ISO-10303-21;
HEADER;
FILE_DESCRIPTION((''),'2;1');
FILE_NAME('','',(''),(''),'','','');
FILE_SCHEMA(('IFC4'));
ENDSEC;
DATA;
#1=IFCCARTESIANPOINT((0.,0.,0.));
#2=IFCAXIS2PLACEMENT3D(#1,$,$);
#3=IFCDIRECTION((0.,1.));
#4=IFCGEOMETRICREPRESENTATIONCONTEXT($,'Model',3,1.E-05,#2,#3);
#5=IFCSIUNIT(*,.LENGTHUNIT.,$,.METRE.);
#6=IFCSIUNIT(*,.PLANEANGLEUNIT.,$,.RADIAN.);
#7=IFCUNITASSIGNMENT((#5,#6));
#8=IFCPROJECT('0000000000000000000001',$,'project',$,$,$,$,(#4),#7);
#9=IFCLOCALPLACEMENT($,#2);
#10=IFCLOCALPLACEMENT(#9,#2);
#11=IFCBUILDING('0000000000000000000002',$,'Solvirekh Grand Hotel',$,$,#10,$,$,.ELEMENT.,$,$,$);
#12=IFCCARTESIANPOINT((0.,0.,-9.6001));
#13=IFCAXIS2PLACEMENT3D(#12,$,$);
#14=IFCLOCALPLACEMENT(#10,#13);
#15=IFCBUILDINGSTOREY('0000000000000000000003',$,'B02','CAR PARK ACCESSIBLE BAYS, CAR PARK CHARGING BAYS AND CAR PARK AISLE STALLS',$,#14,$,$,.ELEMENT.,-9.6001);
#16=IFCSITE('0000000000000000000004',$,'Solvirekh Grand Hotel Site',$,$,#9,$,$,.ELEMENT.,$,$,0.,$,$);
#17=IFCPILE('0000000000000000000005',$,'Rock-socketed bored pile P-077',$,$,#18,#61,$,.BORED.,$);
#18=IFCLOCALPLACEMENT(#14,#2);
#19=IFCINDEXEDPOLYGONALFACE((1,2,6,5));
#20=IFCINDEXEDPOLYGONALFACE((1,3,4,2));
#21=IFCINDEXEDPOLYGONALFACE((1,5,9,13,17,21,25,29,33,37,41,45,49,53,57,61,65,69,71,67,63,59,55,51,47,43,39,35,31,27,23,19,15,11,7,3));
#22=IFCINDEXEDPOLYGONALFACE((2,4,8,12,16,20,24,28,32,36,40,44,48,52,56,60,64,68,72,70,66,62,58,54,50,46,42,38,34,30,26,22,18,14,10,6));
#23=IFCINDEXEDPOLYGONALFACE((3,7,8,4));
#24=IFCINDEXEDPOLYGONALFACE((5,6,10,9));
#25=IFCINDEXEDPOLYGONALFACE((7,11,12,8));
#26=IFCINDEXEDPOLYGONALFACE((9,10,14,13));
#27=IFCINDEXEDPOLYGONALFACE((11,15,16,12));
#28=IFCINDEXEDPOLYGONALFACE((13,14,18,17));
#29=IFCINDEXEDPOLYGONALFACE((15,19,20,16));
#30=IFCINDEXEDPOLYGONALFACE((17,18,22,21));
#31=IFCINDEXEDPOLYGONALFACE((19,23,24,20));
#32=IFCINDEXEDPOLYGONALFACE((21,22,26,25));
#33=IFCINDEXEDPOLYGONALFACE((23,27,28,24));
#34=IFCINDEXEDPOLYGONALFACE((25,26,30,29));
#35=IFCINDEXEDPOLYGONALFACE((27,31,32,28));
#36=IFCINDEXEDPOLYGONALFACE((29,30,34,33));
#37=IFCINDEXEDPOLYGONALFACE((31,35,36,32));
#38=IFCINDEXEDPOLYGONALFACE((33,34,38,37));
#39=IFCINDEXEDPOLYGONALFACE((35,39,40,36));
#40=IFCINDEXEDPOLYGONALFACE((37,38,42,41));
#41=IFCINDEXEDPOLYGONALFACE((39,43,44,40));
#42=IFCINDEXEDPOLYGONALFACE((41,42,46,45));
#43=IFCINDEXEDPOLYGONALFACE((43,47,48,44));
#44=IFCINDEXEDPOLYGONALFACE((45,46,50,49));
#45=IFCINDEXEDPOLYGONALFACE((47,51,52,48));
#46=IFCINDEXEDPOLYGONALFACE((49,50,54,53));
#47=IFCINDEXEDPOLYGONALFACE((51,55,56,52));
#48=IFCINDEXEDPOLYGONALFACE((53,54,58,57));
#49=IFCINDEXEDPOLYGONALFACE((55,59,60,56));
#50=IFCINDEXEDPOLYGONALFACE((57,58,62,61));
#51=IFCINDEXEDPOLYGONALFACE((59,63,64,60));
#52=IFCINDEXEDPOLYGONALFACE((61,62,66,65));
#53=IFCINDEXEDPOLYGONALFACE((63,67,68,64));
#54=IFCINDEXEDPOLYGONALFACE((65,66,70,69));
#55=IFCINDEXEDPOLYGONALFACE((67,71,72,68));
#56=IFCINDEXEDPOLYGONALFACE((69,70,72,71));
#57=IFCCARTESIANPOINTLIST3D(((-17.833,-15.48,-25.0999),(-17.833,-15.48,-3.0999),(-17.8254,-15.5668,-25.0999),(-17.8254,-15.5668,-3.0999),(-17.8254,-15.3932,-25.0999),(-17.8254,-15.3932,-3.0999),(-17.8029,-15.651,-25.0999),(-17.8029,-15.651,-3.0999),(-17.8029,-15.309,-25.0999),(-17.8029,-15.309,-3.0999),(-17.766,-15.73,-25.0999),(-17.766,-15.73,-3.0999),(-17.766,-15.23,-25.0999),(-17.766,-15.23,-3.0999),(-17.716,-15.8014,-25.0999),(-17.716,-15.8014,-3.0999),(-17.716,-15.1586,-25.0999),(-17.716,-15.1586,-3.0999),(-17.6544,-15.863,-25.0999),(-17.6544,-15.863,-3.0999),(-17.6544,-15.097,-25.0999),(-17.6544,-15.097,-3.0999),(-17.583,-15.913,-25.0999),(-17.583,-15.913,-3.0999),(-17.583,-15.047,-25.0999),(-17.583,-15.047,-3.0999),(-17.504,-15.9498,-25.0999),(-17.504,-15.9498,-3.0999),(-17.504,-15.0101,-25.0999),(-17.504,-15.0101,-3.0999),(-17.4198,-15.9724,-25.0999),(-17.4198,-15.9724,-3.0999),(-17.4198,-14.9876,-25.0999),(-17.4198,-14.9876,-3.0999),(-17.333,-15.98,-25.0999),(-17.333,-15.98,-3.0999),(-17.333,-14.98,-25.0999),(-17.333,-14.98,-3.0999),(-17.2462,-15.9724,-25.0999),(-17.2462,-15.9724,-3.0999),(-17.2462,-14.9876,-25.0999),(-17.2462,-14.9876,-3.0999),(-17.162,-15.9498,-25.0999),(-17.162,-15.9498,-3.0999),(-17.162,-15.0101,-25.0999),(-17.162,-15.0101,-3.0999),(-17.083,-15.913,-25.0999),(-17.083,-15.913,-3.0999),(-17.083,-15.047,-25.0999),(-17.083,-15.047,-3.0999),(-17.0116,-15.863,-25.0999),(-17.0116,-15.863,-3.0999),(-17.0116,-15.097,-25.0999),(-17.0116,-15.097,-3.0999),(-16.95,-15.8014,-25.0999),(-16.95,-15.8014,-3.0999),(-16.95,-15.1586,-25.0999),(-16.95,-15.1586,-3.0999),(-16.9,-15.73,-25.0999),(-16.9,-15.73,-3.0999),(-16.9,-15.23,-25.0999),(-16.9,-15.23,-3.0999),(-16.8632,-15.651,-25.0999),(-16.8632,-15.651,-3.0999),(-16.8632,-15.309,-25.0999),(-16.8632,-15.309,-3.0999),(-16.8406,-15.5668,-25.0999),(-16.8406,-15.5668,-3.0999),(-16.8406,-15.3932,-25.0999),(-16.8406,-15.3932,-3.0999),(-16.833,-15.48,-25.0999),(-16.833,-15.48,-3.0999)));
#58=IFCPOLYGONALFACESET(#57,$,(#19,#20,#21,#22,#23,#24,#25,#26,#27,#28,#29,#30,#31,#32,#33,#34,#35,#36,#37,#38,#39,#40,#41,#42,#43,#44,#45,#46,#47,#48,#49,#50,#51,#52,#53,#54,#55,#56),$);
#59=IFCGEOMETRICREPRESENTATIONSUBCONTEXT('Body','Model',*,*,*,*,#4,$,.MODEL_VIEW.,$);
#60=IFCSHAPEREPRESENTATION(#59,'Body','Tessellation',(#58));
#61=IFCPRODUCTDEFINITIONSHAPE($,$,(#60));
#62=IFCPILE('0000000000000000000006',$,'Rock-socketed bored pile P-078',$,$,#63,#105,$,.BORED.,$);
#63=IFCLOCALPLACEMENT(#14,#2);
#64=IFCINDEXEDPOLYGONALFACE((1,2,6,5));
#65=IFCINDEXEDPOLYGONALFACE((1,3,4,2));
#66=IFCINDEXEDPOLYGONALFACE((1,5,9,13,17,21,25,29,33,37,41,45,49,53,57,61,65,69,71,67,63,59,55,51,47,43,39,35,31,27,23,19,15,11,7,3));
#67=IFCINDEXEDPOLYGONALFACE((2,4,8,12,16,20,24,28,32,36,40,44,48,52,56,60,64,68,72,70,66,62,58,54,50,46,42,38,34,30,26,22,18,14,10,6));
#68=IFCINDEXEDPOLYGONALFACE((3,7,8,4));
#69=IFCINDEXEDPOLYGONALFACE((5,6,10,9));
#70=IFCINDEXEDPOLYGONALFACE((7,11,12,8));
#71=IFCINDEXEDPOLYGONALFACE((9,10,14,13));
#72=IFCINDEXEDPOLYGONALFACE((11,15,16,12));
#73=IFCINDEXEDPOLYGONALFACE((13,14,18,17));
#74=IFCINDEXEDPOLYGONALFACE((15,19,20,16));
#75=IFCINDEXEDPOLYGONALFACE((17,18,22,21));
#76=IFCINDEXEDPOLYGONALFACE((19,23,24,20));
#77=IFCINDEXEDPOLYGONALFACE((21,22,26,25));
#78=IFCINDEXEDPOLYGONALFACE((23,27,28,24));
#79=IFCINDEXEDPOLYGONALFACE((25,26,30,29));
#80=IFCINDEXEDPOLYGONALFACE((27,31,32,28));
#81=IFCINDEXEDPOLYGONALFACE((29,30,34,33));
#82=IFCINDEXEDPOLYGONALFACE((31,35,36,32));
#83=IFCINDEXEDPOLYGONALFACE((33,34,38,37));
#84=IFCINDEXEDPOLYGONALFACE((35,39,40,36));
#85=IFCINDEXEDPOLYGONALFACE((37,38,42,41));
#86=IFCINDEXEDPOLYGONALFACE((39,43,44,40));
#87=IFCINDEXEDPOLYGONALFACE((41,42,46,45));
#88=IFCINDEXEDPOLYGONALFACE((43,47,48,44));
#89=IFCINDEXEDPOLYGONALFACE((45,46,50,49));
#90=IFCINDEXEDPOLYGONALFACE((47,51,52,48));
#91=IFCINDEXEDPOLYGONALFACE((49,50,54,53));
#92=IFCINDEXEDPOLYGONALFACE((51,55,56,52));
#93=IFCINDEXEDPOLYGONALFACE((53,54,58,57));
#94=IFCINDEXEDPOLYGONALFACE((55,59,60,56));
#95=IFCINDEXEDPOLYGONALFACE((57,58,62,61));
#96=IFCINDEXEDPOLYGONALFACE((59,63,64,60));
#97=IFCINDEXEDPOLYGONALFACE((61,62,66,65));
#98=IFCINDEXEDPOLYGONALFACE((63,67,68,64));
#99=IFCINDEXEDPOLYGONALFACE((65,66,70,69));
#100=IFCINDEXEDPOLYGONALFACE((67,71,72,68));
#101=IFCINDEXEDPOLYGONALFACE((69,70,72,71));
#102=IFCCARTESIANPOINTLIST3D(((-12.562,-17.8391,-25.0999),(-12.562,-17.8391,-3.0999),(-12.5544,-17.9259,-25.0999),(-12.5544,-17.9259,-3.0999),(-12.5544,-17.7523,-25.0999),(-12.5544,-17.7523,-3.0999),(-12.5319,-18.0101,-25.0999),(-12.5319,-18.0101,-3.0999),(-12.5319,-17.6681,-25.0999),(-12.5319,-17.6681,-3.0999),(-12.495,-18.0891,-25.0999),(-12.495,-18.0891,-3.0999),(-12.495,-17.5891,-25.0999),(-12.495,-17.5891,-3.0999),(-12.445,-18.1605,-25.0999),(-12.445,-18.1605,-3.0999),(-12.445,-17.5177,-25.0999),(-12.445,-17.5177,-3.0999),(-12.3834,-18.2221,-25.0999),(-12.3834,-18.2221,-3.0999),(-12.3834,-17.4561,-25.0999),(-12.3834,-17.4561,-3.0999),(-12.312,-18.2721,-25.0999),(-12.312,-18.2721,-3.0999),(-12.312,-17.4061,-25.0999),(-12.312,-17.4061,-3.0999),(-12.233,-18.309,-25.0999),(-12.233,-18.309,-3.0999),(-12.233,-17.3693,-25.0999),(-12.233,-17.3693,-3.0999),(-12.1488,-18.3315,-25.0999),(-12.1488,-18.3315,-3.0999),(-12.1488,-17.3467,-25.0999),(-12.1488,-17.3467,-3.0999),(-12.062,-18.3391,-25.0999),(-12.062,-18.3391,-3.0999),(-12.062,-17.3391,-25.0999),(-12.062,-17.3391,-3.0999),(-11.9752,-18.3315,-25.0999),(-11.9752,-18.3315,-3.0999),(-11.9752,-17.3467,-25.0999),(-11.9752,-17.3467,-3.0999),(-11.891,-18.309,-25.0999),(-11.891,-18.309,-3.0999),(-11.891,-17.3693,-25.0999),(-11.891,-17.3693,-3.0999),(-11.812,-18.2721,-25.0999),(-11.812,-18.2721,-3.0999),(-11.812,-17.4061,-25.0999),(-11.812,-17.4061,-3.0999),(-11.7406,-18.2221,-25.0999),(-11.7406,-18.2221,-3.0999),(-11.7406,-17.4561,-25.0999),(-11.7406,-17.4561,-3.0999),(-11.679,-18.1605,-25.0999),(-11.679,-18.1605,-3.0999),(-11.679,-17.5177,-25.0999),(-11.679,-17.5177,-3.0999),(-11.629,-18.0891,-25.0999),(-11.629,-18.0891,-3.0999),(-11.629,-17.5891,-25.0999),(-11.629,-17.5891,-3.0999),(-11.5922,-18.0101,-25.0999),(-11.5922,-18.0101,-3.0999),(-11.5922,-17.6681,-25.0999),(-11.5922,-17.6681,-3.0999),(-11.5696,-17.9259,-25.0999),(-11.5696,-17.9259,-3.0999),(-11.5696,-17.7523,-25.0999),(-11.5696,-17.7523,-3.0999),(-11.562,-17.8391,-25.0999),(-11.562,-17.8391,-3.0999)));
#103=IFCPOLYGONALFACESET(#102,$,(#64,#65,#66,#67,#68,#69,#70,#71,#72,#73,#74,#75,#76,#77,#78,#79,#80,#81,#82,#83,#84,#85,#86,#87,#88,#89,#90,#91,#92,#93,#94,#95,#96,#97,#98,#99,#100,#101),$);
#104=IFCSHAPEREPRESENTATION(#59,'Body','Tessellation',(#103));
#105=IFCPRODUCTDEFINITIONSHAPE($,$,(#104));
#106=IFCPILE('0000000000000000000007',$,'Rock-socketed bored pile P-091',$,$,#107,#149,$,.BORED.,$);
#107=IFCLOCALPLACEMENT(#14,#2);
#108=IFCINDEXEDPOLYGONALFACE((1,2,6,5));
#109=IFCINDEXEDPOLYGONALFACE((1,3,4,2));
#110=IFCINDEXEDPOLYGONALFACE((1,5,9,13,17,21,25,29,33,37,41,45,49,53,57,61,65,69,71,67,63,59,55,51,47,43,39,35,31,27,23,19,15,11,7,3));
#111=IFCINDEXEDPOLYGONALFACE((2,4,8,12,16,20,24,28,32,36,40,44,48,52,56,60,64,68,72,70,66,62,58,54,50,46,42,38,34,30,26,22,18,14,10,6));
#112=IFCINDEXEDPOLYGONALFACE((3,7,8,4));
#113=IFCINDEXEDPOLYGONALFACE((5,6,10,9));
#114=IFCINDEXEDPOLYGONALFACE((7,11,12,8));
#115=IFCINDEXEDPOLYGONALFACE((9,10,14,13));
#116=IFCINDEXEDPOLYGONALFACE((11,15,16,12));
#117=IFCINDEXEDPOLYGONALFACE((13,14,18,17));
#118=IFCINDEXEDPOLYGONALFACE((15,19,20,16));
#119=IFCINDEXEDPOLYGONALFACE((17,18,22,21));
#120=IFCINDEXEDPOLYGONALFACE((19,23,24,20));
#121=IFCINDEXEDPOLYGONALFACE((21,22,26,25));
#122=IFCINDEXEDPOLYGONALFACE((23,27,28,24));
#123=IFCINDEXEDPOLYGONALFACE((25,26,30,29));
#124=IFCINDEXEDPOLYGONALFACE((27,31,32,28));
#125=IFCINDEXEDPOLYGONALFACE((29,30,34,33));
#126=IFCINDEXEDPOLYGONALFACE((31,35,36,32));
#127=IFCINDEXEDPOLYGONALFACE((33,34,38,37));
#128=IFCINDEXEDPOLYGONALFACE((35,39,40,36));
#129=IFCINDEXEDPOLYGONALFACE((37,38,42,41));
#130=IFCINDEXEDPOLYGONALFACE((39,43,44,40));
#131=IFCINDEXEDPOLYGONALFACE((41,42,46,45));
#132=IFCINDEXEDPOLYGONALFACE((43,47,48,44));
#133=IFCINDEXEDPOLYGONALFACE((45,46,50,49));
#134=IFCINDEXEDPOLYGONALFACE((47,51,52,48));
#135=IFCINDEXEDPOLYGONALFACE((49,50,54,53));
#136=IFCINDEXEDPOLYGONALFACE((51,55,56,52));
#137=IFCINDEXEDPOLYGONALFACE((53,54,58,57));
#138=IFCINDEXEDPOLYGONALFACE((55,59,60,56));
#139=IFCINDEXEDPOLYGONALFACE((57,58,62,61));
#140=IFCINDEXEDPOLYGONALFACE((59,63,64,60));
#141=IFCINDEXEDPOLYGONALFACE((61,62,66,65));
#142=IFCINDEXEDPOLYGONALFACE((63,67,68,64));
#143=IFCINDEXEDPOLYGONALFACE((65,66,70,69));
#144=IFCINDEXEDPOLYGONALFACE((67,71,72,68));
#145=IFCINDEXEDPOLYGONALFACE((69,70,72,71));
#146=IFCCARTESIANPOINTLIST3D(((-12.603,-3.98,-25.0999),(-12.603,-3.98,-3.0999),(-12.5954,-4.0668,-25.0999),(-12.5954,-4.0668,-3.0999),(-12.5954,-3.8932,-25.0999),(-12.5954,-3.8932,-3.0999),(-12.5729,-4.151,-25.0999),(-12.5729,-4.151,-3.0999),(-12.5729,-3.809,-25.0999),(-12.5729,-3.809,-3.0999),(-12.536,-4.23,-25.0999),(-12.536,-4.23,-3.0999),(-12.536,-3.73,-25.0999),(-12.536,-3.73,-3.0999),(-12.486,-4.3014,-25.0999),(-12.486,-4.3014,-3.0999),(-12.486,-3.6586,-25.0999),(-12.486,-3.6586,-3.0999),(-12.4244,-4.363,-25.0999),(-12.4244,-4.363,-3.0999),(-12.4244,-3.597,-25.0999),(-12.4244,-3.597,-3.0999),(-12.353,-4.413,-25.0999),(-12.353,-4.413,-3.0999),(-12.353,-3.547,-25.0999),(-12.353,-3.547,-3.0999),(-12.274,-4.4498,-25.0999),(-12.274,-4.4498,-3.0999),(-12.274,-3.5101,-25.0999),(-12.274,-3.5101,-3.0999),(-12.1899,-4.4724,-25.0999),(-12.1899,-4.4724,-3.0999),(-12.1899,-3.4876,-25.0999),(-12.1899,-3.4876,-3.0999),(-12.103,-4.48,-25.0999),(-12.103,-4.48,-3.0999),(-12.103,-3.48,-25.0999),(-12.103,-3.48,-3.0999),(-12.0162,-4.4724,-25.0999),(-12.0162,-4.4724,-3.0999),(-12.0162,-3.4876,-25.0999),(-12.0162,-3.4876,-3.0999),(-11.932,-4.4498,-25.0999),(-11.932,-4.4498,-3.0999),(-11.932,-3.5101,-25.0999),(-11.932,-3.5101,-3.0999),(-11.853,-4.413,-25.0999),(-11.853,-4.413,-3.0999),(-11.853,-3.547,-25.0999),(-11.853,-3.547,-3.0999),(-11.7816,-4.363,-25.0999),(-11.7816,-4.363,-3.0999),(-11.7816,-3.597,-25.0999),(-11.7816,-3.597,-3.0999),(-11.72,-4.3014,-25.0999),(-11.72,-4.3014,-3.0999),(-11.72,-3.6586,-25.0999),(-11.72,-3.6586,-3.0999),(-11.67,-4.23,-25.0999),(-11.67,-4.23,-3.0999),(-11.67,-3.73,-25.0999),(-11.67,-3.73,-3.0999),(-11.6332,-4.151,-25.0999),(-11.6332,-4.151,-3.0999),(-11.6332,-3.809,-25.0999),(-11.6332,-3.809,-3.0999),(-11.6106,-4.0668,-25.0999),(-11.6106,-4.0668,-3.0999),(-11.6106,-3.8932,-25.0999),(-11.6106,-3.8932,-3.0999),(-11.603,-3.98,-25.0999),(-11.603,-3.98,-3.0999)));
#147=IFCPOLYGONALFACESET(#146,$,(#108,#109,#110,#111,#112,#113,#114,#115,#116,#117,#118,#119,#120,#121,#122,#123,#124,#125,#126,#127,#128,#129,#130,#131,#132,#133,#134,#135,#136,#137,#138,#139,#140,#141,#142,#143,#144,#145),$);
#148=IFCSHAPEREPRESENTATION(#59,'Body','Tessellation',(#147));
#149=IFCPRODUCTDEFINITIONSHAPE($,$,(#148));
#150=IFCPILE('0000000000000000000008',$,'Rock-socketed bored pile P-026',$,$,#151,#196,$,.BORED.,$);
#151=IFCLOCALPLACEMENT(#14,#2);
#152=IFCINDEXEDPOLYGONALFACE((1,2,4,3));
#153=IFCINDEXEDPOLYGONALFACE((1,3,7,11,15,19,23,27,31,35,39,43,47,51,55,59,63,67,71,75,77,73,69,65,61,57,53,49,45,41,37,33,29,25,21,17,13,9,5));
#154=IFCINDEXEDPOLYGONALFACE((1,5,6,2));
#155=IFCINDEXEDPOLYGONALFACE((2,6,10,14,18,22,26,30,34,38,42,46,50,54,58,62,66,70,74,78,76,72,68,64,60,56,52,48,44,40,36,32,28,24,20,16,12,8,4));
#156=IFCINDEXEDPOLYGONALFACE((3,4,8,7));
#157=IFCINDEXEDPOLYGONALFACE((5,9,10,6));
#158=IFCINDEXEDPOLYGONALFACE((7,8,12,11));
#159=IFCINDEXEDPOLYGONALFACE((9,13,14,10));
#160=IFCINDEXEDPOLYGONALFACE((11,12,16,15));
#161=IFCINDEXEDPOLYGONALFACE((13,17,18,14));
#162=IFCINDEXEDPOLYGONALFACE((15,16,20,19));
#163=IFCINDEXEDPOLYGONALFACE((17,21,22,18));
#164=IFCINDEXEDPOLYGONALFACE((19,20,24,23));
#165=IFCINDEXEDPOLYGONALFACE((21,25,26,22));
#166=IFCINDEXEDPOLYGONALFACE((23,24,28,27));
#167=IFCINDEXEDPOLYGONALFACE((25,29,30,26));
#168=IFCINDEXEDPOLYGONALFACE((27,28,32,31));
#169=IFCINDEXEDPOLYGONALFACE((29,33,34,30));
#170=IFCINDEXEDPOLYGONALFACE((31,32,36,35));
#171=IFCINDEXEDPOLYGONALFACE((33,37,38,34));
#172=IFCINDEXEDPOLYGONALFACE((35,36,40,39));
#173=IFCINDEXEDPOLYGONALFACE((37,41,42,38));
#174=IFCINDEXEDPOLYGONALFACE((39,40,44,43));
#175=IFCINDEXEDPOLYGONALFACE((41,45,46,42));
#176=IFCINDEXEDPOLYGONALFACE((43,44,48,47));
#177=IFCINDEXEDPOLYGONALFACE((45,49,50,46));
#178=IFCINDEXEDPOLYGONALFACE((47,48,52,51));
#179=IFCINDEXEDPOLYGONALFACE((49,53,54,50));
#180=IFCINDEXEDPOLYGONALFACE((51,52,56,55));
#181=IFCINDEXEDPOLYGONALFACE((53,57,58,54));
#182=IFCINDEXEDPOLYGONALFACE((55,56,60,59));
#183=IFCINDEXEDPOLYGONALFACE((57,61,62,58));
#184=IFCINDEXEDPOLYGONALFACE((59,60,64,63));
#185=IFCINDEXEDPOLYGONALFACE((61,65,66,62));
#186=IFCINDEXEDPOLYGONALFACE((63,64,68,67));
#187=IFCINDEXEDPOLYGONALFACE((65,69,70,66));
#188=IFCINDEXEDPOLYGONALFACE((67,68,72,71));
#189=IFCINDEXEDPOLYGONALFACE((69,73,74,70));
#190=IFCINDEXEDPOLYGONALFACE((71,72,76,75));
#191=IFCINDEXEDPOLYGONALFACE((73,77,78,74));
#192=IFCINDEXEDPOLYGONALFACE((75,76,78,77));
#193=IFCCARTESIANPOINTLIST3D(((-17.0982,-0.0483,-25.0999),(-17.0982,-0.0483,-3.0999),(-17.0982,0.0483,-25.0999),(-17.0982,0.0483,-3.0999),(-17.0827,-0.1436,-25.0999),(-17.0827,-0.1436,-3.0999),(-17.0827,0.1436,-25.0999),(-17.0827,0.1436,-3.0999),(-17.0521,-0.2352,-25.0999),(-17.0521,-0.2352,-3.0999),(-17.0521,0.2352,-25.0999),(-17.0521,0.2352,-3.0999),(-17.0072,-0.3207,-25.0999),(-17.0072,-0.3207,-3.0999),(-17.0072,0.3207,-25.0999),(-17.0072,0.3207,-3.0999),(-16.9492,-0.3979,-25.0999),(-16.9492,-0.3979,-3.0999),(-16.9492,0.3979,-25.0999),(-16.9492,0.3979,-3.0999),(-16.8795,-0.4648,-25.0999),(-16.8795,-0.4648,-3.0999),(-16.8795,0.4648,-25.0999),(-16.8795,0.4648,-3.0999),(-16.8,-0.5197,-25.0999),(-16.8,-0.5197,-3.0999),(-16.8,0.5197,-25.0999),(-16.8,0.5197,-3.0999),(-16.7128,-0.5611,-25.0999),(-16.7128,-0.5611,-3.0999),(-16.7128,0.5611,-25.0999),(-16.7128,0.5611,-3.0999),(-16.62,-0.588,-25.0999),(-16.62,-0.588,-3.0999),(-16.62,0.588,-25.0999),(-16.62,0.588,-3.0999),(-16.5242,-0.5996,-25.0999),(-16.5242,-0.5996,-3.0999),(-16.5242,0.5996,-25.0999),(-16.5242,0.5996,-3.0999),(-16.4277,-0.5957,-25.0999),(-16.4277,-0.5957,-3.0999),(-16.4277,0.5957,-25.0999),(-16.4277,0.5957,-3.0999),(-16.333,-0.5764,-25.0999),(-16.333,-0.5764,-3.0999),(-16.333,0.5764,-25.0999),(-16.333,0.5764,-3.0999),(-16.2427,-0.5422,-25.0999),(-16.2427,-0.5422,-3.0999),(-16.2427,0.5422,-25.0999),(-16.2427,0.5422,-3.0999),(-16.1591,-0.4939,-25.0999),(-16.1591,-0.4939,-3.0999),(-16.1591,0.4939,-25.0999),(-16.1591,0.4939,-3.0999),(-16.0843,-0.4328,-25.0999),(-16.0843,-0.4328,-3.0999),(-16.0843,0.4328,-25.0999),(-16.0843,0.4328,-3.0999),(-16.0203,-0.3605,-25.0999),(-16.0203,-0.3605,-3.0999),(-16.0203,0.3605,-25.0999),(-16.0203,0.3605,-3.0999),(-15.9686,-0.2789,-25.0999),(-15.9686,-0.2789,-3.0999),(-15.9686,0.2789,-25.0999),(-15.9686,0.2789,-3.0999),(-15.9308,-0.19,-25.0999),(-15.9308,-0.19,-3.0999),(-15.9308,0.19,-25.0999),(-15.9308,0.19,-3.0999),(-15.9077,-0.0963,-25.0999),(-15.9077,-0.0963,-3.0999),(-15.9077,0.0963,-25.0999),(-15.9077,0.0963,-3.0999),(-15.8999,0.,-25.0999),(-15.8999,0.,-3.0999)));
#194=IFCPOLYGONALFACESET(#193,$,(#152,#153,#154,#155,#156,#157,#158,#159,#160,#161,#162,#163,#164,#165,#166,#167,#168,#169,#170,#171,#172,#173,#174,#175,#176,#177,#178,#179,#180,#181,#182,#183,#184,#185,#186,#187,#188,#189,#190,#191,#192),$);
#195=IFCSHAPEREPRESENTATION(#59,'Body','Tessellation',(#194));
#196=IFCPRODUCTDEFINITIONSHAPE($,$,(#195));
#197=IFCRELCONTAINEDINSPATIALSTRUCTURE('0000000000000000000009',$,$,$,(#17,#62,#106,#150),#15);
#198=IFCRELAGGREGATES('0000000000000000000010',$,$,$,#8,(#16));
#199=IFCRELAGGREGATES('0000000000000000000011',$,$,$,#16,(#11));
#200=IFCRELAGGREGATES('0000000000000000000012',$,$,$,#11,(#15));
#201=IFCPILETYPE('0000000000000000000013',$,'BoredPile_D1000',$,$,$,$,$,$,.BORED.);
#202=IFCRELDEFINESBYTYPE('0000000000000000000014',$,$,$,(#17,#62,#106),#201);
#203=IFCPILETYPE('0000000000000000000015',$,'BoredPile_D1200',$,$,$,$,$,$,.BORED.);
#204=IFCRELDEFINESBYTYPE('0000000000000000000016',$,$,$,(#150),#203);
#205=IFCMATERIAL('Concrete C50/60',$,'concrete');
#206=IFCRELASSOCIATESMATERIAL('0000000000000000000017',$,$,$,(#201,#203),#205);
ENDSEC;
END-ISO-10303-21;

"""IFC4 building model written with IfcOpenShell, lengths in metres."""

from ifc_helpers import new_model, si_unit, direction, frame, origin, origin_2d, place, context, subcontext, project, spatial, circle, extrude, material, material_profile, profile_set, type_object, element, save


model = new_model("IFC4")

# Units and contexts
model_context = context("Model", 3, precision=1e-05, world=origin(), true_north=direction((0.0, 1.0)))
body_context = subcontext(model_context, "Body", "Model", "MODEL_VIEW")
ifc_project = project(units=[si_unit("LENGTHUNIT", "METRE"), si_unit("PLANEANGLEUNIT", "RADIAN")], contexts=[model_context])

# Site, building, storey
site_placement = place(None, origin())
site = spatial("IfcSite", under=ifc_project, at=site_placement, Name="Solvirekh Grand Hotel Site", CompositionType="ELEMENT", RefElevation=0.0)
building_placement = place(site_placement, origin())
building = spatial("IfcBuilding", under=site, at=building_placement, Name="Solvirekh Grand Hotel", CompositionType="ELEMENT")
storey_placement = place(building_placement, frame((0.0, 0.0, -9.6001)))
storey = spatial("IfcBuildingStorey", under=building, at=storey_placement, Name="B02", Description="CAR PARK ACCESSIBLE BAYS, CAR PARK CHARGING BAYS AND CAR PARK AISLE STALLS", CompositionType="ELEMENT", Elevation=-9.6001)

# Piles
ifc_material_1 = material(Name="Concrete C50/60", Category="concrete")
ifc_material_profile_1 = material_profile(ifc_material_1, circle(Radius=0.5, at=origin_2d()), Name="BORED PILE D1000")
ifc_profile_set_1 = profile_set([ifc_material_profile_1], Name="Concrete C50/60")
pile_type_1 = type_object("IfcPileType", Name="BoredPile_D1000", PredefinedType="BORED", material=ifc_profile_set_1)
for number, where, z_axis, x_axis, name in (
    (1, (-17.333, -15.48, -3.0999), (0.0, 0.0, -1.0), (1.0, 0.0, 0.0), "Rock-socketed bored pile P-077"),
    (2, (-12.062, -17.8391, -3.0999), (0.0, 0.0, -1.0), (1.0, 0.0, 0.0), "Rock-socketed bored pile P-078"),
    (3, (-12.103, -3.98, -3.0999), (0.0, 0.0, -1.0), (1.0, 0.0, 0.0), "Rock-socketed bored pile P-091"),
):
    element("IfcPile", number, at=place(storey_placement, frame(where, z_axis=z_axis, x_axis=x_axis)), inside=storey, type_object=pile_type_1, Name=name, PredefinedType="BORED", context=body_context, shape_type="SweptSolid", body=[
        extrude(circle(Radius=0.5, at=origin_2d()), origin(), (0.0, 0.0, 1.0), 22.0),
    ])
ifc_material_profile_2 = material_profile(ifc_material_1, circle(Radius=0.6001, at=origin_2d()), Name="BORED PILE D1200")
ifc_profile_set_2 = profile_set([ifc_material_profile_2], Name="Concrete C50/60")
pile_type_2 = type_object("IfcPileType", Name="BoredPile_D1200", PredefinedType="BORED", material=ifc_profile_set_2)
for number, where, z_axis, x_axis, name in (
    (4, (-16.5, 0.0, -3.0999), (0.0, 0.0, -1.0), (1.0, 0.0, 0.0), "Rock-socketed bored pile P-026"),
):
    element("IfcPile", number, at=place(storey_placement, frame(where, z_axis=z_axis, x_axis=x_axis)), inside=storey, type_object=pile_type_2, Name=name, PredefinedType="BORED", context=body_context, shape_type="SweptSolid", body=[
        extrude(circle(Radius=0.6001, at=origin_2d()), origin(), (0.0, 0.0, 1.0), 22.0),
    ])

save(model, "model.ifc")
